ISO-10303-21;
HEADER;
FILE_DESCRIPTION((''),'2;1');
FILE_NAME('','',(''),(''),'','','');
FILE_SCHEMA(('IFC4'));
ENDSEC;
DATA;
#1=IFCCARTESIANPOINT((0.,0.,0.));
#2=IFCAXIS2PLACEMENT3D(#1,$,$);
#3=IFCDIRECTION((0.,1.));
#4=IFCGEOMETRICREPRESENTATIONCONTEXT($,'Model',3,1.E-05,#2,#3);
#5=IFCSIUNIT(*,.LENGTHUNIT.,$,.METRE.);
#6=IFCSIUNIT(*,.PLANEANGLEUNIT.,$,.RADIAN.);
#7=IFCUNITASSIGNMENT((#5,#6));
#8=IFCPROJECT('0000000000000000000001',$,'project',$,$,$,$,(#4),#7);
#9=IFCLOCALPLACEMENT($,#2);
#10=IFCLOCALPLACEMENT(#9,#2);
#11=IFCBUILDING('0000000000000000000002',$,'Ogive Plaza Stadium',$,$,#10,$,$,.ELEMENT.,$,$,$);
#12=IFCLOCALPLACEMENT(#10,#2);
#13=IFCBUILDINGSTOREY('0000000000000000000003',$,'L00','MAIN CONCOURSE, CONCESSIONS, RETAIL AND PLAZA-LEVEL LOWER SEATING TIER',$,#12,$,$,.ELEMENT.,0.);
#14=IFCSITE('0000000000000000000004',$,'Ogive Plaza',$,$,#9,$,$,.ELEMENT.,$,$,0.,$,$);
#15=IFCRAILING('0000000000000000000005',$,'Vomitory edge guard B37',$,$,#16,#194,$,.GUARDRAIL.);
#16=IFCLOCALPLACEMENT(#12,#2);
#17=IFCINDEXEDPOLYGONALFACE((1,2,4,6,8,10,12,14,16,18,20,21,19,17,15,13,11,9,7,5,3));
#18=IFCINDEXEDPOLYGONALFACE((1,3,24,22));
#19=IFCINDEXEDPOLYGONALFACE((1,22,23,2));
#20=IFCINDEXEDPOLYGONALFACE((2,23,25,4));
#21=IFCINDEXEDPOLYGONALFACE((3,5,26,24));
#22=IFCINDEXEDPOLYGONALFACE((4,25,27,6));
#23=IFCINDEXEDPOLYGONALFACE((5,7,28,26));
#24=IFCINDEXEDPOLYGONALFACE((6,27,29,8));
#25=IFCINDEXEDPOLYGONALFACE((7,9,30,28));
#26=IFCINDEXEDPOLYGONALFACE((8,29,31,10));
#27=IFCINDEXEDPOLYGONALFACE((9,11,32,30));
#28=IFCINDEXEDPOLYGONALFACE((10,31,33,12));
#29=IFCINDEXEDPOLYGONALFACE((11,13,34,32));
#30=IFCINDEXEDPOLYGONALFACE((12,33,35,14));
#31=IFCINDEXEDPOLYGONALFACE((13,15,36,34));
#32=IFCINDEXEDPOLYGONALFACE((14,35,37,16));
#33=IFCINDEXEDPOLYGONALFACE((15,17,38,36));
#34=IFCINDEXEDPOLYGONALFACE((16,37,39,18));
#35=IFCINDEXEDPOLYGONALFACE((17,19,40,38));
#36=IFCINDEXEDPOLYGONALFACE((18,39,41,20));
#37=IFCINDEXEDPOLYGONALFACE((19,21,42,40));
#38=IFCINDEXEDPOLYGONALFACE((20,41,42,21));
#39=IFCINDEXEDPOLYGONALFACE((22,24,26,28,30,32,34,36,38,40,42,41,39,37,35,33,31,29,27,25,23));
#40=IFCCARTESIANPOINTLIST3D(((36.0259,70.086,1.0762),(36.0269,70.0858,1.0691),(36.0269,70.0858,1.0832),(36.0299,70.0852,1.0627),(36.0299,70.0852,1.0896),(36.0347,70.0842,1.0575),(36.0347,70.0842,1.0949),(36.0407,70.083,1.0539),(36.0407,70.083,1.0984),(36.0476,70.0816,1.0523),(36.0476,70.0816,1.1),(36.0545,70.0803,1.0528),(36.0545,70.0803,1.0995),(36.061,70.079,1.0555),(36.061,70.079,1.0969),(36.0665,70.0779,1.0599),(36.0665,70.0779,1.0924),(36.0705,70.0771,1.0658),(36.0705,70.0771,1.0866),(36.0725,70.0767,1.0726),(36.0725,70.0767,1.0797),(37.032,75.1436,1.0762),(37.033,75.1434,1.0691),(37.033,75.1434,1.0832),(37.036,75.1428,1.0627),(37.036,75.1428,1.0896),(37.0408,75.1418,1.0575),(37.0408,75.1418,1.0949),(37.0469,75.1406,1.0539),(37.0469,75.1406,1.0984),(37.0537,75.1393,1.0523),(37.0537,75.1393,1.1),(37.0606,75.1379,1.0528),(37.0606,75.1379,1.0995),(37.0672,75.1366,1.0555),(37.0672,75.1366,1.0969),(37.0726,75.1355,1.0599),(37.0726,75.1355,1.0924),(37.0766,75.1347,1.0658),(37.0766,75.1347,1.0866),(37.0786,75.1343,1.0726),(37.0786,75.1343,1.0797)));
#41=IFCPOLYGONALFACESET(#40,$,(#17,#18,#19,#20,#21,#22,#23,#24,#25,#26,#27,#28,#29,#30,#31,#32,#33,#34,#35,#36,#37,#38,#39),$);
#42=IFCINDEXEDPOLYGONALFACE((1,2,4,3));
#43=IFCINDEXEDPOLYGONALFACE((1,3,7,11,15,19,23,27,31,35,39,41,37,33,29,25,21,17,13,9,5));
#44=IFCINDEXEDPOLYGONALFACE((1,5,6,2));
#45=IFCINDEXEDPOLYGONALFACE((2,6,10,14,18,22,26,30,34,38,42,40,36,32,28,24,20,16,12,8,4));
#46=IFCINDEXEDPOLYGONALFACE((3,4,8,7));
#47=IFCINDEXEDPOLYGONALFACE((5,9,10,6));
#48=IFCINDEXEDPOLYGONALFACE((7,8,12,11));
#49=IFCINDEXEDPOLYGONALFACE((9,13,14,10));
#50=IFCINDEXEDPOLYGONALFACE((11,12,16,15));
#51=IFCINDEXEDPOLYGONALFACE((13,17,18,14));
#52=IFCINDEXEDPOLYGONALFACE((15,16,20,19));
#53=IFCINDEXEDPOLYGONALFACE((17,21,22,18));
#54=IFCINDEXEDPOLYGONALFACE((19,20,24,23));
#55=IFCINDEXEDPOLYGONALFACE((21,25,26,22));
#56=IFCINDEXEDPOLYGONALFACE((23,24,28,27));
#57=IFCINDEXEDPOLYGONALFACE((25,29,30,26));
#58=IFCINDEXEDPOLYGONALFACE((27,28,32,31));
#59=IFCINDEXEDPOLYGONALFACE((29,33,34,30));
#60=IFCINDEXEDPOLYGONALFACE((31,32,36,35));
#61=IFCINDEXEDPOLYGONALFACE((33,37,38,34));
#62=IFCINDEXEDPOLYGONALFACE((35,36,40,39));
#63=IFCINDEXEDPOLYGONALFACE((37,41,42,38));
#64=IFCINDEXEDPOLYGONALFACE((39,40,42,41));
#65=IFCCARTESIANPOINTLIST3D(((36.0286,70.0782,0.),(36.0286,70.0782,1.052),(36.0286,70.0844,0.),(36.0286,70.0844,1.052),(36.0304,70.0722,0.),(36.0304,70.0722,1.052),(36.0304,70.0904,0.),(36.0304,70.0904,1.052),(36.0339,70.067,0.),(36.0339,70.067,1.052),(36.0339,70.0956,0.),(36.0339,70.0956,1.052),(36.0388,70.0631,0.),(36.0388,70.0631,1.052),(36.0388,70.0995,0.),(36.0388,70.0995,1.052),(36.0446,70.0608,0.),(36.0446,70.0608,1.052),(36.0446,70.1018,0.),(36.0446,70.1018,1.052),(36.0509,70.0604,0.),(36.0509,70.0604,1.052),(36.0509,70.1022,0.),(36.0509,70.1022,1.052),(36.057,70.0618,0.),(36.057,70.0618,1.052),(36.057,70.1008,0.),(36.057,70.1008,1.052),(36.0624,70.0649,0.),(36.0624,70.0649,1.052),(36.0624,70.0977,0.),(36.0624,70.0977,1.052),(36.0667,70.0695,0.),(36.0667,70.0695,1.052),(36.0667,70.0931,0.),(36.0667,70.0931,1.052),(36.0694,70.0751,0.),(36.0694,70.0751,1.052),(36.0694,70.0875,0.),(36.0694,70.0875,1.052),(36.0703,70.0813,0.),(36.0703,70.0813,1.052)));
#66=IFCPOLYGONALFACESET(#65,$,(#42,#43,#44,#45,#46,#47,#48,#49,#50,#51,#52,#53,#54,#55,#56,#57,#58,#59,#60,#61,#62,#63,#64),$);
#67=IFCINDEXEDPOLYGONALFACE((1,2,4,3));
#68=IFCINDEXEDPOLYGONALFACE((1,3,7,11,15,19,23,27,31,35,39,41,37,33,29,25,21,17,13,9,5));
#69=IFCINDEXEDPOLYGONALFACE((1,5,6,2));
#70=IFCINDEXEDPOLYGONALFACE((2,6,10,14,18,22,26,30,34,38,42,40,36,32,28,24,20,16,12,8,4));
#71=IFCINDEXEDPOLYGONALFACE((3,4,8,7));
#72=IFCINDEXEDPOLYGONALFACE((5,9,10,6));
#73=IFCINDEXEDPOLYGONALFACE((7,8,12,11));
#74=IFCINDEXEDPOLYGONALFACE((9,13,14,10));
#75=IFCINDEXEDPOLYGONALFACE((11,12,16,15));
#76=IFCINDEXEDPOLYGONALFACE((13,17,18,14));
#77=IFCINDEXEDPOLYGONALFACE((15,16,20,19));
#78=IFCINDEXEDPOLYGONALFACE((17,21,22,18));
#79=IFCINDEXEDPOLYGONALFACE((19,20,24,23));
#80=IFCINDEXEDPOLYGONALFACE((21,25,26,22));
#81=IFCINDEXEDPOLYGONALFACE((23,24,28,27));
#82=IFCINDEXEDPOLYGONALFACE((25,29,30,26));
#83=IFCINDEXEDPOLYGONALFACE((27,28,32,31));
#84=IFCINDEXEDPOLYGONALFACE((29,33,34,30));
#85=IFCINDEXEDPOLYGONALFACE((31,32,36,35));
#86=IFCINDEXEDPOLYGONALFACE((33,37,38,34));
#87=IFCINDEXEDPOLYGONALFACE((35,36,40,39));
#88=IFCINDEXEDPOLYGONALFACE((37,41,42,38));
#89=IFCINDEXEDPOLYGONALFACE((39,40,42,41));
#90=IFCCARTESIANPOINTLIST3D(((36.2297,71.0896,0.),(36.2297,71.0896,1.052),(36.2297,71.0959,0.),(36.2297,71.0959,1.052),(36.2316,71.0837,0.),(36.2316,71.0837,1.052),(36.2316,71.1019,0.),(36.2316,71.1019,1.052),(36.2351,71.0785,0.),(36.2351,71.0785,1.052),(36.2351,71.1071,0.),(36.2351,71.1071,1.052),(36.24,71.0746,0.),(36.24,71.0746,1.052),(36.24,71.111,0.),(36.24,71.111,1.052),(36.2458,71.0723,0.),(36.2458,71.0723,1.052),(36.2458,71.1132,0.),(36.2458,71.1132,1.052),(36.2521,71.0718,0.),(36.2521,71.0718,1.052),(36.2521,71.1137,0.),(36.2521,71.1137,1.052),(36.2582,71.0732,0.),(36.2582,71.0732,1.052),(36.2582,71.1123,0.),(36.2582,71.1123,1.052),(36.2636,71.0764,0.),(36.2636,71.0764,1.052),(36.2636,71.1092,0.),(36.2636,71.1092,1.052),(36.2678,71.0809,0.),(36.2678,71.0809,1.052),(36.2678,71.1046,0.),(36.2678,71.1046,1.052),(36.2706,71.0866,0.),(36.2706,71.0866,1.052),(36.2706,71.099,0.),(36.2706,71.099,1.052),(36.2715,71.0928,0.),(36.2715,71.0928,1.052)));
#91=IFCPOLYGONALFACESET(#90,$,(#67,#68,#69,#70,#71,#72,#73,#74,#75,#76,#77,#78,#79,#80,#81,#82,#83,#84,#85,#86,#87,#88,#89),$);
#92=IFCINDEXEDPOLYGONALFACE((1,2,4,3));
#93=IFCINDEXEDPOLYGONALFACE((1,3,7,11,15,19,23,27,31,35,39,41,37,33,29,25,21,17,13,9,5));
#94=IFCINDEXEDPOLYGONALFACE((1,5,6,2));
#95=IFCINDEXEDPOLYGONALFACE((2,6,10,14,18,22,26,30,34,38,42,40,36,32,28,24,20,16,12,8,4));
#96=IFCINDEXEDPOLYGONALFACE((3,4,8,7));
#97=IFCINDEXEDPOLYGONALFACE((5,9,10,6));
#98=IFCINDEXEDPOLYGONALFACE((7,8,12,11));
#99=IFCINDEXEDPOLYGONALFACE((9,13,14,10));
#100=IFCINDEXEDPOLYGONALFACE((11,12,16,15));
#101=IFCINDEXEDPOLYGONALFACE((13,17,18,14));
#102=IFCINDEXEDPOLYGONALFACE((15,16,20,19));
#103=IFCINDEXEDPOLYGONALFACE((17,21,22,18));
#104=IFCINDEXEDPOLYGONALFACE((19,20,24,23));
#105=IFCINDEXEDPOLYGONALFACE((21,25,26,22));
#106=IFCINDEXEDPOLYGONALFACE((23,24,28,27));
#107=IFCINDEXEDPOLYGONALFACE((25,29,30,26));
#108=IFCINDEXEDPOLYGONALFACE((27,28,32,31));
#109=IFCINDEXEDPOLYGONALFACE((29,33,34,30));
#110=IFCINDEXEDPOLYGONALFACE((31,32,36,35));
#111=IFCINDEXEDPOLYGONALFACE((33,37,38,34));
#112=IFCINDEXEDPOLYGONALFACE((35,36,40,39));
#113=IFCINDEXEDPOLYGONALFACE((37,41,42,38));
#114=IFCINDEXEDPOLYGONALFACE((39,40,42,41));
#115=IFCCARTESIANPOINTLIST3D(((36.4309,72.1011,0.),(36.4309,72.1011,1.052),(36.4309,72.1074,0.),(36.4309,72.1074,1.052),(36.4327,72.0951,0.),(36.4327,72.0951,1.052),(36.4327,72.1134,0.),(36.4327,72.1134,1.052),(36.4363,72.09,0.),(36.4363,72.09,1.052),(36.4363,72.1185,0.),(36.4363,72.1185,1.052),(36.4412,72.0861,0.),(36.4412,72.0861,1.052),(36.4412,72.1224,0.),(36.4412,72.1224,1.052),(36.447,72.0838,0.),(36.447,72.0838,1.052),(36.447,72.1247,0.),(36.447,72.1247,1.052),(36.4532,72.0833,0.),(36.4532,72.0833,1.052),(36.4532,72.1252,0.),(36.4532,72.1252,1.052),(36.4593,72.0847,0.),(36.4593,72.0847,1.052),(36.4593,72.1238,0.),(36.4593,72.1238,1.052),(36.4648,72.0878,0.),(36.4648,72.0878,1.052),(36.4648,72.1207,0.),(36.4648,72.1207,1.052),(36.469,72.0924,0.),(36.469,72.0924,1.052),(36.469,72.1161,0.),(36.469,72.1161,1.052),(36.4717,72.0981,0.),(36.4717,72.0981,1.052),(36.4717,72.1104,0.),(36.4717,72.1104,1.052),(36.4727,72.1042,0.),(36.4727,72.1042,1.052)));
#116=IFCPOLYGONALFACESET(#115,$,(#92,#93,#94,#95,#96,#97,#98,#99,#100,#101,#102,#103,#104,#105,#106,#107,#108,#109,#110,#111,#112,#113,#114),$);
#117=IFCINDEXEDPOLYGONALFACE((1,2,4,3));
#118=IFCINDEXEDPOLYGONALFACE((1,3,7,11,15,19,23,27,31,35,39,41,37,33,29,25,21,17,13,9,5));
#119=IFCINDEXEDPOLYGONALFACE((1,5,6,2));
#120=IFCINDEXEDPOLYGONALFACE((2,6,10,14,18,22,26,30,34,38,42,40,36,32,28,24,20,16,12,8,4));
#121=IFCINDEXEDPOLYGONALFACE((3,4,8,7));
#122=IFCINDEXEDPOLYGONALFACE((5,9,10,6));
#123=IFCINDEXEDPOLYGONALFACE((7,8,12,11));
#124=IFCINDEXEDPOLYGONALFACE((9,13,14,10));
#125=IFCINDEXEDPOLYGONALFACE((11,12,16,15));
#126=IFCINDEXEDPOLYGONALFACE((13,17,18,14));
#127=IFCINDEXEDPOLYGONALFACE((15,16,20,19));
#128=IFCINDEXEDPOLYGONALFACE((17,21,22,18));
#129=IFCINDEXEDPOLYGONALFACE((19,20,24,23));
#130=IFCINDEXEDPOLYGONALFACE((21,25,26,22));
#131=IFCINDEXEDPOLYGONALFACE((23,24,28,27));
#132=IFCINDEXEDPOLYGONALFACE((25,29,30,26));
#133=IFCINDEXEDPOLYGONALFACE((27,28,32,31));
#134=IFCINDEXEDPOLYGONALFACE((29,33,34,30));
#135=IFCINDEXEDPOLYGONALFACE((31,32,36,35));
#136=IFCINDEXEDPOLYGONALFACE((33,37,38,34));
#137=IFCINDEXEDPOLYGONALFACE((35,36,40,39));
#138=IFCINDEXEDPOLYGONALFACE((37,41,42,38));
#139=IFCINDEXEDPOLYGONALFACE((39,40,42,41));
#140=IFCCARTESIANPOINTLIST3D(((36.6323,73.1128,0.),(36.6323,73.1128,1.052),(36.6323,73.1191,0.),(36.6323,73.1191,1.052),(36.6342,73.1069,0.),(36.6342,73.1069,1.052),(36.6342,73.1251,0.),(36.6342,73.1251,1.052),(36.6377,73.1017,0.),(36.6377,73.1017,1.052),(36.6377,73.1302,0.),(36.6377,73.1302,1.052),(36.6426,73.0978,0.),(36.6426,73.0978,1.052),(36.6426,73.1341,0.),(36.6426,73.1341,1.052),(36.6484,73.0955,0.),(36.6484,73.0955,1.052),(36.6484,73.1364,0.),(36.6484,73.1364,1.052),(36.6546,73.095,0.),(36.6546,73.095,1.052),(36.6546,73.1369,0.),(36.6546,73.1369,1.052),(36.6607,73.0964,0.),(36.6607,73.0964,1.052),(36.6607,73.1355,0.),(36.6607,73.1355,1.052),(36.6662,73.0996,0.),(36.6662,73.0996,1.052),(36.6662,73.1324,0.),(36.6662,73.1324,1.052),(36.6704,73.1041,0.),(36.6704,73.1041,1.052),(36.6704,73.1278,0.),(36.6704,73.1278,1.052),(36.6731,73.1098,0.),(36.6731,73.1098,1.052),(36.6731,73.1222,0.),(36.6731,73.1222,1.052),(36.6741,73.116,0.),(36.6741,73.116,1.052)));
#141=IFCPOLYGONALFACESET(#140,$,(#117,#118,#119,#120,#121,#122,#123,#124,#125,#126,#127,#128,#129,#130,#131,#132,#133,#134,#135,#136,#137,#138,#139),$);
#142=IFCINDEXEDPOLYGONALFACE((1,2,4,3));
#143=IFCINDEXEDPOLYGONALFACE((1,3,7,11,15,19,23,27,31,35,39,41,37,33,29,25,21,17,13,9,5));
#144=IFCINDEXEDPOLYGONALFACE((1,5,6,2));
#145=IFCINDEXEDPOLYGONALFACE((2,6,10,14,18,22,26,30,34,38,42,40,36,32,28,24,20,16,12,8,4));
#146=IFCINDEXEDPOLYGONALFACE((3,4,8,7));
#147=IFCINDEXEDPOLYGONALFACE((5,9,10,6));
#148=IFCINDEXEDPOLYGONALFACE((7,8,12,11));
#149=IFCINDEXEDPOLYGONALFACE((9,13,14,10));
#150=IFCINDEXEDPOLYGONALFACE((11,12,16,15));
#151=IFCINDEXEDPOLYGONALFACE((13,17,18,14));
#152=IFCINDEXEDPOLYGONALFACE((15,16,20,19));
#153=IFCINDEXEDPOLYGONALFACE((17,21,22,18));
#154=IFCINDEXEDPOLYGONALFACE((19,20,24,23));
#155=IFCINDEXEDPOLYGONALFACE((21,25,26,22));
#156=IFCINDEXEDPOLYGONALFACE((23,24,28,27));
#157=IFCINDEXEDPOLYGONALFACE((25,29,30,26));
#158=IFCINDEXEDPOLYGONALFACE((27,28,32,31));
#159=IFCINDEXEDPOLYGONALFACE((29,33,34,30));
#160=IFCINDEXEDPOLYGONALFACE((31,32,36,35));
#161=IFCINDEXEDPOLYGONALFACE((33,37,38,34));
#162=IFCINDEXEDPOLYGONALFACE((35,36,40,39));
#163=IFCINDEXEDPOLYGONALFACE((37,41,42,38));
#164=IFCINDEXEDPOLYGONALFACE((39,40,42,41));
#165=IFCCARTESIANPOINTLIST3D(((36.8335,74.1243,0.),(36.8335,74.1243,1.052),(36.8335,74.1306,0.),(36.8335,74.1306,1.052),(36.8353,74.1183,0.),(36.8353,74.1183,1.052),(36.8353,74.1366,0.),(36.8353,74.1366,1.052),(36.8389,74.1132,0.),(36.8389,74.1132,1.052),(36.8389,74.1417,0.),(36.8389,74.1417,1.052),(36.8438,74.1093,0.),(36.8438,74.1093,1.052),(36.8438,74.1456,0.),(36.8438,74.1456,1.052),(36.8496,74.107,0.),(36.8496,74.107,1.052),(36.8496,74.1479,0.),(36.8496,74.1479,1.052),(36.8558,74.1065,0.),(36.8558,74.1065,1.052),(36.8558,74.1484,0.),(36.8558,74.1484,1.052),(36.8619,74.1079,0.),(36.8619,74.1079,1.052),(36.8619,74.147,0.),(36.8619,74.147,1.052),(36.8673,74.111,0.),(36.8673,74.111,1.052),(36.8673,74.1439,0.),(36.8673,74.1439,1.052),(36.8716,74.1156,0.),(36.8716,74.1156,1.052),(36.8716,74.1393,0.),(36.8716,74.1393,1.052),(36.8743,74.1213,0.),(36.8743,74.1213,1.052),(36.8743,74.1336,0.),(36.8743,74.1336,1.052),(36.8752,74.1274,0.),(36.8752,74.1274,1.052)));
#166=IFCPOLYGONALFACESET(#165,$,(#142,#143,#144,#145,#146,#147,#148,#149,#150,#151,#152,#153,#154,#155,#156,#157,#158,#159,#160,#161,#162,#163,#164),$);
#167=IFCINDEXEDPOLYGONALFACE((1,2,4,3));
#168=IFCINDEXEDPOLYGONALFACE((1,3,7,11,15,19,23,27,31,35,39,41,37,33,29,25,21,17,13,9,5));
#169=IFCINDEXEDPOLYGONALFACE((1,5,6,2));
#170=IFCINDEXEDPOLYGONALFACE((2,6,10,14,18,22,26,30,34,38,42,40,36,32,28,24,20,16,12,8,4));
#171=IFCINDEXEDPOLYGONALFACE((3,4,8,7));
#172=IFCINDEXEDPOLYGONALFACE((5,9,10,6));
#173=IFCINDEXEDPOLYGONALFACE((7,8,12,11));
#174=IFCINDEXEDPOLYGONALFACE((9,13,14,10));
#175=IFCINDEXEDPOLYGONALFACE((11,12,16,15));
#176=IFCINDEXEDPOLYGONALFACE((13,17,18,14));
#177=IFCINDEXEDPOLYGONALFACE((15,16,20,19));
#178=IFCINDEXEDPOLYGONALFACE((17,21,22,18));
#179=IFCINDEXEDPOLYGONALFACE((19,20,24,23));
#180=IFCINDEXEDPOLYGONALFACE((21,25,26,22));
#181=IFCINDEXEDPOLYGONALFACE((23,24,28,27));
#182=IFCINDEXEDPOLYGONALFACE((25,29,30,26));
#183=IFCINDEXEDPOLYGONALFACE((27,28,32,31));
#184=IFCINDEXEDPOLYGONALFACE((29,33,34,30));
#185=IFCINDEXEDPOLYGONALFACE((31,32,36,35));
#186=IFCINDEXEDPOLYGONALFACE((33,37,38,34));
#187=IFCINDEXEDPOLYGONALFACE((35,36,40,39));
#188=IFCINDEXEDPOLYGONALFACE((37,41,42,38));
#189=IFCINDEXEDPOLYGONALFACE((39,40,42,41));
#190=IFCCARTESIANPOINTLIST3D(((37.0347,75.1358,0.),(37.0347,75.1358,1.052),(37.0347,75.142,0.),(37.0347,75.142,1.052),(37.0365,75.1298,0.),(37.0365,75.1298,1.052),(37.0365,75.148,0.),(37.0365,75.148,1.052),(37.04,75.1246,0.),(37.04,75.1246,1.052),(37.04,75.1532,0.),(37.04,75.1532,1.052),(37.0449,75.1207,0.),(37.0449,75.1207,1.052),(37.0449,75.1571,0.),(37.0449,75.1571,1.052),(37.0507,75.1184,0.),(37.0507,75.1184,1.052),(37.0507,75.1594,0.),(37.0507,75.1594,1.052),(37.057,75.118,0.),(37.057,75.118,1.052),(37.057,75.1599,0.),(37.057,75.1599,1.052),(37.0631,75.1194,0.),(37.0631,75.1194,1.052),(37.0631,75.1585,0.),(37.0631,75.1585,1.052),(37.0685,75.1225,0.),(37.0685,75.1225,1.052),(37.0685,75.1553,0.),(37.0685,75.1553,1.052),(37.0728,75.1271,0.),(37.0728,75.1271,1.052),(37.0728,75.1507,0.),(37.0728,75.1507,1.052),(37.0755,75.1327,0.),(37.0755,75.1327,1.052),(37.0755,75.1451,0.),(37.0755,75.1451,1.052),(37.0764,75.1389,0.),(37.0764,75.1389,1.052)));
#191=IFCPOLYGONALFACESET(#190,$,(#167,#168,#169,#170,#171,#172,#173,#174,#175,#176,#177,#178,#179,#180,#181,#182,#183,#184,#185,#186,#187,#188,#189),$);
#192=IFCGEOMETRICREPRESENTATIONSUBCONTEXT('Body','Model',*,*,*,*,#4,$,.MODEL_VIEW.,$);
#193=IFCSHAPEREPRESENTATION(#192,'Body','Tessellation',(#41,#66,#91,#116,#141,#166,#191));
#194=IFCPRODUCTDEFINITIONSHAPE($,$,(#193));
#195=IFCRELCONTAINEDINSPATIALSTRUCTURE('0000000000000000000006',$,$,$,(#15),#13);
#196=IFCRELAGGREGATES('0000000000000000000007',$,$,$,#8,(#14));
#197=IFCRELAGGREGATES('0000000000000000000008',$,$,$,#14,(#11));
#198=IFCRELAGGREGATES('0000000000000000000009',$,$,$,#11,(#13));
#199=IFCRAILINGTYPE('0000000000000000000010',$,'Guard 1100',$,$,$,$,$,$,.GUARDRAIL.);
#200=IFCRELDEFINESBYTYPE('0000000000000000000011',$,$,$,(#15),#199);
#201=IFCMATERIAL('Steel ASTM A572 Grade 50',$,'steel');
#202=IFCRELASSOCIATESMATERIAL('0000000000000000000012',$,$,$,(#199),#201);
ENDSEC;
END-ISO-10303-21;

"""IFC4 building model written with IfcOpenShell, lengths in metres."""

from ifc_helpers import new_model, si_unit, direction, frame, origin, origin_2d, place, context, subcontext, project, spatial, circle, extrude, material, type_object, element, save


model = new_model("IFC4")

# Units and contexts
model_context = context("Model", 3, precision=1e-05, world=origin(), true_north=direction((0.0, 1.0)))
body_context = subcontext(model_context, "Body", "Model", "MODEL_VIEW")
ifc_project = project(units=[si_unit("LENGTHUNIT", "METRE"), si_unit("PLANEANGLEUNIT", "RADIAN")], contexts=[model_context])

# Site, building, storey
site_placement = place(None, origin())
site = spatial("IfcSite", under=ifc_project, at=site_placement, Name="Ogive Plaza", CompositionType="ELEMENT", RefElevation=0.0)
building_placement = place(site_placement, origin())
building = spatial("IfcBuilding", under=site, at=building_placement, Name="Ogive Plaza Stadium", CompositionType="ELEMENT")
storey_placement = place(building_placement, origin())
storey = spatial("IfcBuildingStorey", under=building, at=storey_placement, Name="L00", Description="MAIN CONCOURSE, CONCESSIONS, RETAIL AND PLAZA-LEVEL LOWER SEATING TIER", CompositionType="ELEMENT", Elevation=0.0)

# Railing
ifc_material_1 = material(Name="Steel ASTM A572 Grade 50", Category="steel")
railing_type = type_object("IfcRailingType", Name="Guard 1100", PredefinedType="GUARDRAIL", material=ifc_material_1)
for number, where, name in (
    (1, (36.0493, 70.0813, 0.0), "Vomitory edge guard B37"),
):
    element("IfcRailing", number, at=place(storey_placement, frame(where)), inside=storey, type_object=railing_type, Name=name, PredefinedType="GUARDRAIL", context=body_context, shape_type="SweptSolid", body=[
        extrude(circle(Radius=0.0239, at=origin_2d()), frame((0.0, 0.0, 1.0762), z_axis=(0.195105, 0.980782, 0.0), x_axis=(-0.980782, 0.195105, 0.0)), (0.0, 0.0, 1.0), 5.1567),
        extrude(circle(Radius=0.021, at=origin_2d()), origin(), (0.0, 0.0, 1.0), 1.052),
        extrude(circle(Radius=0.021, at=origin_2d()), frame((0.2012, 1.0115, 0.0)), (0.0, 0.0, 1.0), 1.052),
        extrude(circle(Radius=0.021, at=origin_2d()), frame((0.4023, 2.0229, 0.0)), (0.0, 0.0, 1.0), 1.052),
        extrude(circle(Radius=0.021, at=origin_2d()), frame((0.6038, 3.0347, 0.0)), (0.0, 0.0, 1.0), 1.052),
        extrude(circle(Radius=0.021, at=origin_2d()), frame((0.8049, 4.0461, 0.0)), (0.0, 0.0, 1.0), 1.052),
        extrude(circle(Radius=0.021, at=origin_2d()), frame((1.0061, 5.0576, 0.0)), (0.0, 0.0, 1.0), 1.052),
    ])

save(model, "model.ifc")
